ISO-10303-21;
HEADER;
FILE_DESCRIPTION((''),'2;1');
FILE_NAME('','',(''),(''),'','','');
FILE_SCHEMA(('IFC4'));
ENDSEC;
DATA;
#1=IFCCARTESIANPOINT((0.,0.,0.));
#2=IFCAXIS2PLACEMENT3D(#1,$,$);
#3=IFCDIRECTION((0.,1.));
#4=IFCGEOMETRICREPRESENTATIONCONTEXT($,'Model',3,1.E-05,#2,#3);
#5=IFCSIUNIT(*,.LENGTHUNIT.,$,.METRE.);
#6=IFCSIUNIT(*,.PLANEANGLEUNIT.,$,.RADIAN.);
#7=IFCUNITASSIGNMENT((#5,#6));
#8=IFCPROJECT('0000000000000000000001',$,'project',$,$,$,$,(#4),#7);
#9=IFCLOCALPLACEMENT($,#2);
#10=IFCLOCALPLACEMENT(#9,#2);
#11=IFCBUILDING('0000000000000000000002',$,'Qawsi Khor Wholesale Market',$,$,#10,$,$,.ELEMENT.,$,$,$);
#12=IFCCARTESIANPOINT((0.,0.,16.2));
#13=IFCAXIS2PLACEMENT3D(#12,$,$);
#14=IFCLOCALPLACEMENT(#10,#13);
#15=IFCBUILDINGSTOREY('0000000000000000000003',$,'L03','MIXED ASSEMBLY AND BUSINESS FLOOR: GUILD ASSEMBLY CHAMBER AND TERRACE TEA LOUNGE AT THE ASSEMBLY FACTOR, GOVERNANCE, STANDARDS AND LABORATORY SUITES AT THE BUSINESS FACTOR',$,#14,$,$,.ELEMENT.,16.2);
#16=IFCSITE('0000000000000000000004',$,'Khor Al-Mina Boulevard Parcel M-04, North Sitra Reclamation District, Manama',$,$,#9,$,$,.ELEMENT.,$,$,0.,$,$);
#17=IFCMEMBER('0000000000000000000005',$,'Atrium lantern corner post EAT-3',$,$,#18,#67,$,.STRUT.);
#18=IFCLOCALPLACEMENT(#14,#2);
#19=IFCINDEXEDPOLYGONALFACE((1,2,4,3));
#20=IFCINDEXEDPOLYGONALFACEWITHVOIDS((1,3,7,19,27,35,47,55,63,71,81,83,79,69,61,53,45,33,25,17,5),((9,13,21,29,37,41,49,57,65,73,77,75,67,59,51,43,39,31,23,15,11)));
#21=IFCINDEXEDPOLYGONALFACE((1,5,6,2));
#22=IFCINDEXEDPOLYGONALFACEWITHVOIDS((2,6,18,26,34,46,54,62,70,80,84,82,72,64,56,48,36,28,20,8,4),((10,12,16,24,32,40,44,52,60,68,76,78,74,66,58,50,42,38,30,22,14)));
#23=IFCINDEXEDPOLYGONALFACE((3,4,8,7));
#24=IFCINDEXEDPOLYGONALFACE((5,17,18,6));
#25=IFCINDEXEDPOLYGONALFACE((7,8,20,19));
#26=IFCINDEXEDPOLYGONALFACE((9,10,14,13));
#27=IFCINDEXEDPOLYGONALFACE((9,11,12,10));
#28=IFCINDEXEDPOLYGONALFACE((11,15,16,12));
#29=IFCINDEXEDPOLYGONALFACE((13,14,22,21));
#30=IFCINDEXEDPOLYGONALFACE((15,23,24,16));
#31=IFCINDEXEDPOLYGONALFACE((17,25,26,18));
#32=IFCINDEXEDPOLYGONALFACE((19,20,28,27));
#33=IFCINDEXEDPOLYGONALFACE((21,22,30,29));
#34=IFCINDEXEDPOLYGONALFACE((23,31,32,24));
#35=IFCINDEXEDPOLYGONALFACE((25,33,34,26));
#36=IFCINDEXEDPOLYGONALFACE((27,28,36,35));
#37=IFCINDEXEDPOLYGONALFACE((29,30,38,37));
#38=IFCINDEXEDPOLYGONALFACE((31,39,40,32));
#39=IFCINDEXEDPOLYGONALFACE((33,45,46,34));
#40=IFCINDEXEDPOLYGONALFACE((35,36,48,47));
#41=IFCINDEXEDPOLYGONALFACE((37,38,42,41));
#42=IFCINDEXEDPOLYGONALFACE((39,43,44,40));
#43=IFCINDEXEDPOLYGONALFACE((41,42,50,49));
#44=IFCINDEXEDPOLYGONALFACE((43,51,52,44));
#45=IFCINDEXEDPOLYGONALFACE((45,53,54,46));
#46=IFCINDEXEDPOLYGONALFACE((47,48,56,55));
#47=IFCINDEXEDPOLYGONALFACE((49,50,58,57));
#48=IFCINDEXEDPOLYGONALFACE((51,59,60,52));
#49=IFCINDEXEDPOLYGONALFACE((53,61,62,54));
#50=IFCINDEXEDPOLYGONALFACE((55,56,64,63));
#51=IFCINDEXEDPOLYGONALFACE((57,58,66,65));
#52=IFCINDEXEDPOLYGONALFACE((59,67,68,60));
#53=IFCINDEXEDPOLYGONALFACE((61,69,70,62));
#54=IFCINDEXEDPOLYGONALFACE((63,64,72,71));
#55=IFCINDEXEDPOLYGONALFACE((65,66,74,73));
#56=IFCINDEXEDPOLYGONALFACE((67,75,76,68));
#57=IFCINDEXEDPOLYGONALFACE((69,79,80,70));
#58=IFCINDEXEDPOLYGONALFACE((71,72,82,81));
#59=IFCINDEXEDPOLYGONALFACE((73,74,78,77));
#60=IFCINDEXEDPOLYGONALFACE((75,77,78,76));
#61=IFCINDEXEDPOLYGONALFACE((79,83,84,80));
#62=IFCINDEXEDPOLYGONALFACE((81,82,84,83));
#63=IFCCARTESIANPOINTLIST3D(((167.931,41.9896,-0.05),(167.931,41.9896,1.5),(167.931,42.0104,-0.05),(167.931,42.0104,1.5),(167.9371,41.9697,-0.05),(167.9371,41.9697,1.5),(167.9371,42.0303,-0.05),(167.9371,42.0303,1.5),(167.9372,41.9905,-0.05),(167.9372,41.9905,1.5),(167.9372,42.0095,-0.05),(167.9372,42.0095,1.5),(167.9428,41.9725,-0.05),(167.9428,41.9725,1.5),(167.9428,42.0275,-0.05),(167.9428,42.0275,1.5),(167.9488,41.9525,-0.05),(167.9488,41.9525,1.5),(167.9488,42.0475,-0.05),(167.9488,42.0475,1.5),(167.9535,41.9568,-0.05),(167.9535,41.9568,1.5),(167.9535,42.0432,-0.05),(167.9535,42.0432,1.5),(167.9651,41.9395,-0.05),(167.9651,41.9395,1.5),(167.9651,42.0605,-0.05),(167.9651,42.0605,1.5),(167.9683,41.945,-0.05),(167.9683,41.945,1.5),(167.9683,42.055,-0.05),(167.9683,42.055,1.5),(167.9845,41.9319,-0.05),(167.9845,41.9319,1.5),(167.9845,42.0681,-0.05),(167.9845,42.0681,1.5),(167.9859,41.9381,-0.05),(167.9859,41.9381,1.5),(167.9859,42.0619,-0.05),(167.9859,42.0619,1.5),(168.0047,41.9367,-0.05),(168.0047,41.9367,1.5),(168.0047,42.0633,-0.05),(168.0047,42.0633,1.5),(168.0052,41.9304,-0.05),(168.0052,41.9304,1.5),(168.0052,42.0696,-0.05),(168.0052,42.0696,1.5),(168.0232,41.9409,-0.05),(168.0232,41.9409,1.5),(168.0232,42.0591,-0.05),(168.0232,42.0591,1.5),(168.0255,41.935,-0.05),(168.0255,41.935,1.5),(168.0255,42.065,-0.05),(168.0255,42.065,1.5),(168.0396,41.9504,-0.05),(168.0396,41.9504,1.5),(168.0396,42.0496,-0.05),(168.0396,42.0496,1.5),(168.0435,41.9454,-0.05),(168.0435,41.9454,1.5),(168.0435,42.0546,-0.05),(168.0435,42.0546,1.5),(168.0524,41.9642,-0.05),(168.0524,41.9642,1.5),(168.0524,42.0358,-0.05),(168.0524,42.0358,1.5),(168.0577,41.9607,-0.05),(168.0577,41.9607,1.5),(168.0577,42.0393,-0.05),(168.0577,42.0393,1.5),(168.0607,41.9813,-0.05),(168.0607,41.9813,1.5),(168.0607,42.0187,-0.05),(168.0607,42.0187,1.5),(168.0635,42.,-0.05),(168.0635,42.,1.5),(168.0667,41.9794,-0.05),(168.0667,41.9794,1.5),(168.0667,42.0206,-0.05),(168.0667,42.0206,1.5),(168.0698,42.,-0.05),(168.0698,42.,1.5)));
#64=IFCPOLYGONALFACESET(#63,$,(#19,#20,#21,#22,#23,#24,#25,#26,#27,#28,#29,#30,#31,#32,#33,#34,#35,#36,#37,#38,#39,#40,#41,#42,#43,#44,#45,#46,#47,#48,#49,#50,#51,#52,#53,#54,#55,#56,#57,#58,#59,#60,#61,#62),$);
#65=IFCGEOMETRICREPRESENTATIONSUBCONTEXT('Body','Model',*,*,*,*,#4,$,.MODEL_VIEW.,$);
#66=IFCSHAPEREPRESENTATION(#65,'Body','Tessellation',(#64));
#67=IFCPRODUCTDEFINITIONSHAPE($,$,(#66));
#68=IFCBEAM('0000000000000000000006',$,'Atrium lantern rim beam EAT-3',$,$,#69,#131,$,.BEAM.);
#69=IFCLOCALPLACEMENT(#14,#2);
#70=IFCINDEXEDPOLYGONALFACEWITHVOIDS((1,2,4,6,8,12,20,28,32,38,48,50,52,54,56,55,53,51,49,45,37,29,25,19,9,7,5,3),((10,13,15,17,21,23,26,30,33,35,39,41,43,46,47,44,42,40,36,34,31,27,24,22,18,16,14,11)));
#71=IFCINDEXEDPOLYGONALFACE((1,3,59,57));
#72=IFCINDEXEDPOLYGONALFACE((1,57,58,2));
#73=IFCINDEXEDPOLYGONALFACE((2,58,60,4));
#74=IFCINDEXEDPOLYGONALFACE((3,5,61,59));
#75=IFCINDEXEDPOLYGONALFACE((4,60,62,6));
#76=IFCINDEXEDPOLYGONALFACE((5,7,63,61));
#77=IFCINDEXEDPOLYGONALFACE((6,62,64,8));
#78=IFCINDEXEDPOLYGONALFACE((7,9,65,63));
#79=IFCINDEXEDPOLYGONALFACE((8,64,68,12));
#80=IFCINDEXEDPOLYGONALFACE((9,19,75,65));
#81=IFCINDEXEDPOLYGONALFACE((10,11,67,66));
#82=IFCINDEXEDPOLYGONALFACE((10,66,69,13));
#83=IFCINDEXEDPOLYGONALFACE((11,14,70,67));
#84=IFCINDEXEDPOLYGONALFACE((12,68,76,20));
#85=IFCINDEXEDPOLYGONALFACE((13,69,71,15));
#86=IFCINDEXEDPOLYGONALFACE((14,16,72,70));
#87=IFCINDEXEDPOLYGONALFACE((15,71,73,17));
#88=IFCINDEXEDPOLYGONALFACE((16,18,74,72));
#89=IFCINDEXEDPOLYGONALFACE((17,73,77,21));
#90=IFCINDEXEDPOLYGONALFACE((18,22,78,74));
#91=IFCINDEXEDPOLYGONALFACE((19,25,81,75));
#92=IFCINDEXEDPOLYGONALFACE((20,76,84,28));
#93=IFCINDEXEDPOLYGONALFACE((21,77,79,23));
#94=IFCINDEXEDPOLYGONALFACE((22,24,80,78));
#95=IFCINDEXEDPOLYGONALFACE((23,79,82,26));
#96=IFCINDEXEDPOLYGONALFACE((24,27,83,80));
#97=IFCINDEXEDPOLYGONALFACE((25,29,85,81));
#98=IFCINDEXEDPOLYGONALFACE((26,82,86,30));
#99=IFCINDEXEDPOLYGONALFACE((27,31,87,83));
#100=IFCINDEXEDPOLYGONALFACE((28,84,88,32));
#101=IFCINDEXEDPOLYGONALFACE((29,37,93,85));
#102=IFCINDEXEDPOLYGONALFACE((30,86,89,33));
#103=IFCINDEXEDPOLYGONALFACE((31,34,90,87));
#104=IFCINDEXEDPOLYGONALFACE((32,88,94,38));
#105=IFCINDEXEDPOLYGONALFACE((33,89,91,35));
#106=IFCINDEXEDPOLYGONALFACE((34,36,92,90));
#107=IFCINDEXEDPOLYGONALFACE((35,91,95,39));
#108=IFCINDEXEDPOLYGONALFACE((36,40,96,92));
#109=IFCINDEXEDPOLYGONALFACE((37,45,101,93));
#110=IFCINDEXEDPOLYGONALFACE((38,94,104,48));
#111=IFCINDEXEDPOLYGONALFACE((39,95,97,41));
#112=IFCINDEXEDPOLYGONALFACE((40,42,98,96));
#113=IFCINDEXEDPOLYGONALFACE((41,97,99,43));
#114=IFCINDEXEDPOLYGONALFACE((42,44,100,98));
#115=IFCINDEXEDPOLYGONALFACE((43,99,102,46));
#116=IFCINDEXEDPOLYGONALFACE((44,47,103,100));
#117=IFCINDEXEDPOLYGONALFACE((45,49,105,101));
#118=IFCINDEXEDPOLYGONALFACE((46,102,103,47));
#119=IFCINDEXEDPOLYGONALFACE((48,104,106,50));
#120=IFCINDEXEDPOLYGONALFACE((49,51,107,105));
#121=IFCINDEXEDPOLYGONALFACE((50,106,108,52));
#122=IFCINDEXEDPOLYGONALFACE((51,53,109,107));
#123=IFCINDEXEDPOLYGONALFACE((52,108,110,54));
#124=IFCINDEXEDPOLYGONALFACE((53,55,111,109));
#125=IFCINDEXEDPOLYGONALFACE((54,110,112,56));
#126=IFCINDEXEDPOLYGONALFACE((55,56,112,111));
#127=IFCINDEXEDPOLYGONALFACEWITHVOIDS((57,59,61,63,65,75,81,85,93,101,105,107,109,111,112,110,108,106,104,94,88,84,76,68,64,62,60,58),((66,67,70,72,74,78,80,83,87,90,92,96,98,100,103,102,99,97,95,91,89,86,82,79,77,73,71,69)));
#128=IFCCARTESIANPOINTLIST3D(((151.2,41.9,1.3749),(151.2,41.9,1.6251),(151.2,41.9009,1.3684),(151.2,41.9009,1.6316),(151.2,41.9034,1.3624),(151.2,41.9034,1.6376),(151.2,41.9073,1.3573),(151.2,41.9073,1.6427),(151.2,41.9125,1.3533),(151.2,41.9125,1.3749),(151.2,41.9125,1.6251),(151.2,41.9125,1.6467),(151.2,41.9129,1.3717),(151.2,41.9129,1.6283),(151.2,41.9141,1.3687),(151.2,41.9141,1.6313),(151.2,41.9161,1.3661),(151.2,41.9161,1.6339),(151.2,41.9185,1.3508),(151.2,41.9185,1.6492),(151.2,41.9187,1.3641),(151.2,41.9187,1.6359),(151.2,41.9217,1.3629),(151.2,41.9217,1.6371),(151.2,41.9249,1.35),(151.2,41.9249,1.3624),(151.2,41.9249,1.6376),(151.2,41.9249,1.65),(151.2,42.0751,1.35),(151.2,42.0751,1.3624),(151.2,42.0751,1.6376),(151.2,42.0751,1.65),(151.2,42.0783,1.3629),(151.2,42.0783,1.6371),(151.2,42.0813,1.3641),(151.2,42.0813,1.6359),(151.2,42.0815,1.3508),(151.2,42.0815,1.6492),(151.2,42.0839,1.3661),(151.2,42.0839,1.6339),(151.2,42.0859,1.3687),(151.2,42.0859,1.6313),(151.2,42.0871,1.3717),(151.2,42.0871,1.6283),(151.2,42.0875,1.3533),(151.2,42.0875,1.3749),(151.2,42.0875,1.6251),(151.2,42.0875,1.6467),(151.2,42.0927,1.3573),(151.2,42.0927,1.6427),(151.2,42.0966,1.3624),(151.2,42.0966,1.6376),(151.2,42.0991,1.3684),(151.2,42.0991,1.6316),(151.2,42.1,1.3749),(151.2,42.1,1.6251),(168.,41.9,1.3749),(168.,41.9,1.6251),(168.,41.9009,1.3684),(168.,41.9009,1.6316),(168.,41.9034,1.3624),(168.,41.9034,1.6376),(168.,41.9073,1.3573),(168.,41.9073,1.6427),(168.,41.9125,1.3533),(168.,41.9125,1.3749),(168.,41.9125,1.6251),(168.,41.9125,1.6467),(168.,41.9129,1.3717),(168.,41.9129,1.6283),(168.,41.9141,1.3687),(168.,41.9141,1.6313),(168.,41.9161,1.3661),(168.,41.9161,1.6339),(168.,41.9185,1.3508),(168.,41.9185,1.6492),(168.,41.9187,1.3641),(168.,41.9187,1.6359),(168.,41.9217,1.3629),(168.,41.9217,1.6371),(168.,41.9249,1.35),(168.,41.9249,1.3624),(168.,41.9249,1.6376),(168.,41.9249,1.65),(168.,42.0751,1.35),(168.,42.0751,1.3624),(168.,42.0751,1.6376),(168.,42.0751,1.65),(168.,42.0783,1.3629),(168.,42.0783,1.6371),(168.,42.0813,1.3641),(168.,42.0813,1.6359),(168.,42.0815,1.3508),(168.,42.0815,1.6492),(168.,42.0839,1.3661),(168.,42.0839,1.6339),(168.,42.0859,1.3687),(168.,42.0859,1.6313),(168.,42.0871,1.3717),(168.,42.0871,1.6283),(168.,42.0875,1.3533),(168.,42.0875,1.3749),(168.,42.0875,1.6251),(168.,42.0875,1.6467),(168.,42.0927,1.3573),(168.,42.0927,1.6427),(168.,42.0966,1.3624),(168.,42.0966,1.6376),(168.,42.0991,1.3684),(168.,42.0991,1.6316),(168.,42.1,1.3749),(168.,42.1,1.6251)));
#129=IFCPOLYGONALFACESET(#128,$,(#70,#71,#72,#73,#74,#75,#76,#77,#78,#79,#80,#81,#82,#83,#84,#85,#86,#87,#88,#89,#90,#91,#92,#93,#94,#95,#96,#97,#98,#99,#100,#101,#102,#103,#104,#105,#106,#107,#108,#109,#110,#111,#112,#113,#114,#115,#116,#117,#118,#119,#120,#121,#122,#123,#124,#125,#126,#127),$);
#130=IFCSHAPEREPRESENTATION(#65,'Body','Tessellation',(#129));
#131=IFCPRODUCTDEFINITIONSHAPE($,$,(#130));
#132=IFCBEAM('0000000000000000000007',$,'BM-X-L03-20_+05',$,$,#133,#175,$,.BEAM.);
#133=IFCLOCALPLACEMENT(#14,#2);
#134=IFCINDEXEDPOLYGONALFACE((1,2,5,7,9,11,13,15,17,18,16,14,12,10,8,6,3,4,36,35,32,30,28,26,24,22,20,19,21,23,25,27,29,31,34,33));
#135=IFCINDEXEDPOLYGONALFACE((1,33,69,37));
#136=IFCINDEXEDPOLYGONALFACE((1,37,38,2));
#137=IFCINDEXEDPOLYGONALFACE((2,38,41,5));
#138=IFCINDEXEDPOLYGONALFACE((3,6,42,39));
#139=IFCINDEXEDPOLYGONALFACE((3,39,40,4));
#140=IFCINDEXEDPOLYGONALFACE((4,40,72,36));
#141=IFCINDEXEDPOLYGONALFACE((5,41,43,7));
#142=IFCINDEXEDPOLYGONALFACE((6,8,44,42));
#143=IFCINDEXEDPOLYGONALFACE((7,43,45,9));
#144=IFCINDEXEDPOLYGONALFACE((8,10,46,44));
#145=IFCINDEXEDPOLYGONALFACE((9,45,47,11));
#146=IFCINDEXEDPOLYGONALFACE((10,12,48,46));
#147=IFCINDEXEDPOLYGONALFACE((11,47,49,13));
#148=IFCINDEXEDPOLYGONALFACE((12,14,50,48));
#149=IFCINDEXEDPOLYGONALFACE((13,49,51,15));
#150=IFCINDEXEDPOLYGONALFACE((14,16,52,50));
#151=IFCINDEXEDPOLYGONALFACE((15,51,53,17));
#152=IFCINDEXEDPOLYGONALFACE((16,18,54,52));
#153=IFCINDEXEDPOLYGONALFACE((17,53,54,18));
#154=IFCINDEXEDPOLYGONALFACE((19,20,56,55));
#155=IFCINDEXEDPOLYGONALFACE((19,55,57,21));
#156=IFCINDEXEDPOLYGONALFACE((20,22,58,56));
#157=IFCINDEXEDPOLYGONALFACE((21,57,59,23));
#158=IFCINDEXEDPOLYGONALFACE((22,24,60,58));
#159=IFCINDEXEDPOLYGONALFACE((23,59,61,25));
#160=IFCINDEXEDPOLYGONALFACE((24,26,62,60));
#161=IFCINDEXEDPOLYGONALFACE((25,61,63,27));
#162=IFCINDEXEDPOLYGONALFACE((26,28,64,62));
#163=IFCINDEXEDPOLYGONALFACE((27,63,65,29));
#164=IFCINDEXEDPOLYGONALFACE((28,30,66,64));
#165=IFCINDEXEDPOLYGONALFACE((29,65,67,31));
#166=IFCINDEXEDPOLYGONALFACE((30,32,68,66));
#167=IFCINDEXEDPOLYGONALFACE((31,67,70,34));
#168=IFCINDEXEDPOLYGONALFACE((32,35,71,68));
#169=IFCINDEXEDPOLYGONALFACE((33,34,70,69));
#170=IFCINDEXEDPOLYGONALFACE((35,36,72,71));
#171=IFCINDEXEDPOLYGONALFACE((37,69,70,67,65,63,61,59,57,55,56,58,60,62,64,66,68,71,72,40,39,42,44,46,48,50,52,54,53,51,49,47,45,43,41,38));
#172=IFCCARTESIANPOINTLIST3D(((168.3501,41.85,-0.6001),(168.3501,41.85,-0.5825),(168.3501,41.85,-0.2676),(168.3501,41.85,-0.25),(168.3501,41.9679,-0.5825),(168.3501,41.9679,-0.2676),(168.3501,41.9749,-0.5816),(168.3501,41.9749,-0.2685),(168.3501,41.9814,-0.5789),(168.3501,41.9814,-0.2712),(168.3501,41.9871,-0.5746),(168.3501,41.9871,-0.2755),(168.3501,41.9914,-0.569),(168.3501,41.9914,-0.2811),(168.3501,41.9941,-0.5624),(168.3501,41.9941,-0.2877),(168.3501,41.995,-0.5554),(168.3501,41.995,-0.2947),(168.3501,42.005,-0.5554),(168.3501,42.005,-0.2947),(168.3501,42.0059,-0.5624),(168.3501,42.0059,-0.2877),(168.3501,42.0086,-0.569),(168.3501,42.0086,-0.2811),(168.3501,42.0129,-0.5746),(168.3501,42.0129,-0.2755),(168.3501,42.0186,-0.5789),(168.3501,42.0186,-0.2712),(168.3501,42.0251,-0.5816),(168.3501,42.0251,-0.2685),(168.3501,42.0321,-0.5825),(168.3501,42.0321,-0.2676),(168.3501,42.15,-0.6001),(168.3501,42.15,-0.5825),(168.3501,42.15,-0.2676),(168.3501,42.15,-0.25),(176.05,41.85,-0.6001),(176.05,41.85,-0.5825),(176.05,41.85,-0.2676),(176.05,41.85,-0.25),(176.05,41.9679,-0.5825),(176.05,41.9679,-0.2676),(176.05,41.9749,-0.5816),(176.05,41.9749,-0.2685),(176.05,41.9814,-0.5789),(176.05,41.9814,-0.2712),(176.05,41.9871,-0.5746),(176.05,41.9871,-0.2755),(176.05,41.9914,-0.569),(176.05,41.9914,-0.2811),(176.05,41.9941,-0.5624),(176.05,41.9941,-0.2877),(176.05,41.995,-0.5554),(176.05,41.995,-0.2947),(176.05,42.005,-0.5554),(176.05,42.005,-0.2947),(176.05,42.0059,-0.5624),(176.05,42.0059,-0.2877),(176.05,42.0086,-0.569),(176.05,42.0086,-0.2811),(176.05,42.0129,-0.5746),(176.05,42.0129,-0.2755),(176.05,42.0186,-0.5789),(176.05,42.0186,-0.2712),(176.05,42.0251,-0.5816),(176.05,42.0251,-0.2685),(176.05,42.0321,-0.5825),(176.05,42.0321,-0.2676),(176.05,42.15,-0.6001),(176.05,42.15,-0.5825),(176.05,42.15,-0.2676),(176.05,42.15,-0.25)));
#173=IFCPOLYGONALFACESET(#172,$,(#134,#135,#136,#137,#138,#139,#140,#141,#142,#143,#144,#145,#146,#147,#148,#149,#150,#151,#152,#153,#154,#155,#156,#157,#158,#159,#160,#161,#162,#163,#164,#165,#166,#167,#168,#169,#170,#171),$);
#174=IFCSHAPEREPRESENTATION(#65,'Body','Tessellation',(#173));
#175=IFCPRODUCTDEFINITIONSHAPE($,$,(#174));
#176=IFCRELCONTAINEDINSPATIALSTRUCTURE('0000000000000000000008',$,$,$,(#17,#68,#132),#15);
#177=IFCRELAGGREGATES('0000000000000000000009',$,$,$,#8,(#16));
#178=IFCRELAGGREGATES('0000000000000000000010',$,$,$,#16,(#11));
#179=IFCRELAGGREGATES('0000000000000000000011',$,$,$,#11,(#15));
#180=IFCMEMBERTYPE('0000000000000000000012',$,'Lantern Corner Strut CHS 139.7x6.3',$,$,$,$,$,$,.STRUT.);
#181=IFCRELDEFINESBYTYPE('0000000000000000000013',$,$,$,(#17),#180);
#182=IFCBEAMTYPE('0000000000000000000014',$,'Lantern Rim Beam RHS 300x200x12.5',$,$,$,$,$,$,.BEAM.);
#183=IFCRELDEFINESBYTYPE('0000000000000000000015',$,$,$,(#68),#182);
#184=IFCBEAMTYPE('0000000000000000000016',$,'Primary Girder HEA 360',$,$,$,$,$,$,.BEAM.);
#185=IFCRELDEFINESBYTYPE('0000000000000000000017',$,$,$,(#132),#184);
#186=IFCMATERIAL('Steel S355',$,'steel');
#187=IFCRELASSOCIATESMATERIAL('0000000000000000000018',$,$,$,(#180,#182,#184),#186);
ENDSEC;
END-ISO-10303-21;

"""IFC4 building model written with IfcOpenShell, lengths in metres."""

from ifc_helpers import new_model, si_unit, direction, frame, origin, origin_2d, place, context, subcontext, project, spatial, hollow_rectangle, hollow_circle, i_section, extrude, material, material_profile, profile_set, type_object, element, save


model = new_model("IFC4")

# Units and contexts
model_context = context("Model", 3, precision=1e-05, world=origin(), true_north=direction((0.0, 1.0)))
body_context = subcontext(model_context, "Body", "Model", "MODEL_VIEW")
ifc_project = project(units=[si_unit("LENGTHUNIT", "METRE"), si_unit("PLANEANGLEUNIT", "RADIAN")], contexts=[model_context])

# Site, building, storey
site_placement = place(None, origin())
site = spatial("IfcSite", under=ifc_project, at=site_placement, Name="Khor Al-Mina Boulevard Parcel M-04, North Sitra Reclamation District, Manama", CompositionType="ELEMENT", RefElevation=0.0)
building_placement = place(site_placement, origin())
building = spatial("IfcBuilding", under=site, at=building_placement, Name="Qawsi Khor Wholesale Market", CompositionType="ELEMENT")
storey_placement = place(building_placement, frame((0.0, 0.0, 16.2)))
storey = spatial("IfcBuildingStorey", under=building, at=storey_placement, Name="L03", Description="MIXED ASSEMBLY AND BUSINESS FLOOR: GUILD ASSEMBLY CHAMBER AND TERRACE TEA LOUNGE AT THE ASSEMBLY FACTOR, GOVERNANCE, STANDARDS AND LABORATORY SUITES AT THE BUSINESS FACTOR", CompositionType="ELEMENT", Elevation=16.2)

# Member
ifc_material_1 = material(Name="Steel S355", Category="steel")
ifc_material_profile_1 = material_profile(ifc_material_1, hollow_circle(Radius=0.0698, WallThickness=0.0063, at=origin_2d()), Name="CHS 139.7x6.3")
ifc_profile_set_1 = profile_set([ifc_material_profile_1], Name="Steel S355")
member_type_1 = type_object("IfcMemberType", Name="Lantern Corner Strut CHS 139.7x6.3", PredefinedType="STRUT", material=ifc_profile_set_1)
member_1_placement = place(storey_placement, frame((168.0, 42.0, -0.05), z_axis=(0.0, 0.0, 1.0), x_axis=(1.0, 0.0, 0.0)))
element("IfcMember", 1, at=member_1_placement, inside=storey, type_object=member_type_1, Name="Atrium lantern corner post EAT-3", PredefinedType="STRUT", context=body_context, shape_type="SweptSolid", body=[
    extrude(hollow_circle(Radius=0.0698, WallThickness=0.0063, at=origin_2d()), origin(), (0.0, 0.0, 1.0), 1.55),
])

# Beams
ifc_material_profile_2 = material_profile(ifc_material_1, hollow_rectangle(XDim=0.2, YDim=0.3, WallThickness=0.0125, InnerFilletRadius=0.0125, OuterFilletRadius=0.0249, at=origin_2d()), Name="RHS 300x200x12.5")
ifc_profile_set_2 = profile_set([ifc_material_profile_2], Name="Steel S355")
beam_type_1 = type_object("IfcBeamType", Name="Lantern Rim Beam RHS 300x200x12.5", PredefinedType="BEAM", material=ifc_profile_set_2)
beam_1_placement = place(storey_placement, frame((168.0, 42.0, 1.5), z_axis=(-1.0, 0.0, 0.0), x_axis=(0.0, -1.0, 0.0)))
element("IfcBeam", 2, at=beam_1_placement, inside=storey, type_object=beam_type_1, Name="Atrium lantern rim beam EAT-3", PredefinedType="BEAM", context=body_context, shape_type="SweptSolid", body=[
    extrude(hollow_rectangle(XDim=0.2, YDim=0.3, WallThickness=0.0125, InnerFilletRadius=0.0125, OuterFilletRadius=0.0249, at=origin_2d()), origin(), (0.0, 0.0, 1.0), 16.8),
])
ifc_material_profile_3 = material_profile(ifc_material_1, i_section(OverallWidth=0.3, OverallDepth=0.3501, WebThickness=0.01, FlangeThickness=0.0176, FilletRadius=0.0271, at=origin_2d()), Name="HEA 360")
ifc_profile_set_3 = profile_set([ifc_material_profile_3], Name="Steel S355")
beam_type_2 = type_object("IfcBeamType", Name="Primary Girder HEA 360", PredefinedType="BEAM", material=ifc_profile_set_3)
for number, where, z_axis, x_axis, name in (
    (3, (168.3501, 42.0, -0.425), (1.0, 0.0, 0.0), (0.0, 1.0, 0.0), "BM-X-L03-20_+05"),
):
    element("IfcBeam", number, at=place(storey_placement, frame(where, z_axis=z_axis, x_axis=x_axis)), inside=storey, type_object=beam_type_2, Name=name, PredefinedType="BEAM", context=body_context, shape_type="SweptSolid", body=[
        extrude(i_section(OverallWidth=0.3, OverallDepth=0.3501, WebThickness=0.01, FlangeThickness=0.0176, FilletRadius=0.0271, at=origin_2d()), origin(), (0.0, 0.0, 1.0), 7.7),
    ])

save(model, "model.ifc")
